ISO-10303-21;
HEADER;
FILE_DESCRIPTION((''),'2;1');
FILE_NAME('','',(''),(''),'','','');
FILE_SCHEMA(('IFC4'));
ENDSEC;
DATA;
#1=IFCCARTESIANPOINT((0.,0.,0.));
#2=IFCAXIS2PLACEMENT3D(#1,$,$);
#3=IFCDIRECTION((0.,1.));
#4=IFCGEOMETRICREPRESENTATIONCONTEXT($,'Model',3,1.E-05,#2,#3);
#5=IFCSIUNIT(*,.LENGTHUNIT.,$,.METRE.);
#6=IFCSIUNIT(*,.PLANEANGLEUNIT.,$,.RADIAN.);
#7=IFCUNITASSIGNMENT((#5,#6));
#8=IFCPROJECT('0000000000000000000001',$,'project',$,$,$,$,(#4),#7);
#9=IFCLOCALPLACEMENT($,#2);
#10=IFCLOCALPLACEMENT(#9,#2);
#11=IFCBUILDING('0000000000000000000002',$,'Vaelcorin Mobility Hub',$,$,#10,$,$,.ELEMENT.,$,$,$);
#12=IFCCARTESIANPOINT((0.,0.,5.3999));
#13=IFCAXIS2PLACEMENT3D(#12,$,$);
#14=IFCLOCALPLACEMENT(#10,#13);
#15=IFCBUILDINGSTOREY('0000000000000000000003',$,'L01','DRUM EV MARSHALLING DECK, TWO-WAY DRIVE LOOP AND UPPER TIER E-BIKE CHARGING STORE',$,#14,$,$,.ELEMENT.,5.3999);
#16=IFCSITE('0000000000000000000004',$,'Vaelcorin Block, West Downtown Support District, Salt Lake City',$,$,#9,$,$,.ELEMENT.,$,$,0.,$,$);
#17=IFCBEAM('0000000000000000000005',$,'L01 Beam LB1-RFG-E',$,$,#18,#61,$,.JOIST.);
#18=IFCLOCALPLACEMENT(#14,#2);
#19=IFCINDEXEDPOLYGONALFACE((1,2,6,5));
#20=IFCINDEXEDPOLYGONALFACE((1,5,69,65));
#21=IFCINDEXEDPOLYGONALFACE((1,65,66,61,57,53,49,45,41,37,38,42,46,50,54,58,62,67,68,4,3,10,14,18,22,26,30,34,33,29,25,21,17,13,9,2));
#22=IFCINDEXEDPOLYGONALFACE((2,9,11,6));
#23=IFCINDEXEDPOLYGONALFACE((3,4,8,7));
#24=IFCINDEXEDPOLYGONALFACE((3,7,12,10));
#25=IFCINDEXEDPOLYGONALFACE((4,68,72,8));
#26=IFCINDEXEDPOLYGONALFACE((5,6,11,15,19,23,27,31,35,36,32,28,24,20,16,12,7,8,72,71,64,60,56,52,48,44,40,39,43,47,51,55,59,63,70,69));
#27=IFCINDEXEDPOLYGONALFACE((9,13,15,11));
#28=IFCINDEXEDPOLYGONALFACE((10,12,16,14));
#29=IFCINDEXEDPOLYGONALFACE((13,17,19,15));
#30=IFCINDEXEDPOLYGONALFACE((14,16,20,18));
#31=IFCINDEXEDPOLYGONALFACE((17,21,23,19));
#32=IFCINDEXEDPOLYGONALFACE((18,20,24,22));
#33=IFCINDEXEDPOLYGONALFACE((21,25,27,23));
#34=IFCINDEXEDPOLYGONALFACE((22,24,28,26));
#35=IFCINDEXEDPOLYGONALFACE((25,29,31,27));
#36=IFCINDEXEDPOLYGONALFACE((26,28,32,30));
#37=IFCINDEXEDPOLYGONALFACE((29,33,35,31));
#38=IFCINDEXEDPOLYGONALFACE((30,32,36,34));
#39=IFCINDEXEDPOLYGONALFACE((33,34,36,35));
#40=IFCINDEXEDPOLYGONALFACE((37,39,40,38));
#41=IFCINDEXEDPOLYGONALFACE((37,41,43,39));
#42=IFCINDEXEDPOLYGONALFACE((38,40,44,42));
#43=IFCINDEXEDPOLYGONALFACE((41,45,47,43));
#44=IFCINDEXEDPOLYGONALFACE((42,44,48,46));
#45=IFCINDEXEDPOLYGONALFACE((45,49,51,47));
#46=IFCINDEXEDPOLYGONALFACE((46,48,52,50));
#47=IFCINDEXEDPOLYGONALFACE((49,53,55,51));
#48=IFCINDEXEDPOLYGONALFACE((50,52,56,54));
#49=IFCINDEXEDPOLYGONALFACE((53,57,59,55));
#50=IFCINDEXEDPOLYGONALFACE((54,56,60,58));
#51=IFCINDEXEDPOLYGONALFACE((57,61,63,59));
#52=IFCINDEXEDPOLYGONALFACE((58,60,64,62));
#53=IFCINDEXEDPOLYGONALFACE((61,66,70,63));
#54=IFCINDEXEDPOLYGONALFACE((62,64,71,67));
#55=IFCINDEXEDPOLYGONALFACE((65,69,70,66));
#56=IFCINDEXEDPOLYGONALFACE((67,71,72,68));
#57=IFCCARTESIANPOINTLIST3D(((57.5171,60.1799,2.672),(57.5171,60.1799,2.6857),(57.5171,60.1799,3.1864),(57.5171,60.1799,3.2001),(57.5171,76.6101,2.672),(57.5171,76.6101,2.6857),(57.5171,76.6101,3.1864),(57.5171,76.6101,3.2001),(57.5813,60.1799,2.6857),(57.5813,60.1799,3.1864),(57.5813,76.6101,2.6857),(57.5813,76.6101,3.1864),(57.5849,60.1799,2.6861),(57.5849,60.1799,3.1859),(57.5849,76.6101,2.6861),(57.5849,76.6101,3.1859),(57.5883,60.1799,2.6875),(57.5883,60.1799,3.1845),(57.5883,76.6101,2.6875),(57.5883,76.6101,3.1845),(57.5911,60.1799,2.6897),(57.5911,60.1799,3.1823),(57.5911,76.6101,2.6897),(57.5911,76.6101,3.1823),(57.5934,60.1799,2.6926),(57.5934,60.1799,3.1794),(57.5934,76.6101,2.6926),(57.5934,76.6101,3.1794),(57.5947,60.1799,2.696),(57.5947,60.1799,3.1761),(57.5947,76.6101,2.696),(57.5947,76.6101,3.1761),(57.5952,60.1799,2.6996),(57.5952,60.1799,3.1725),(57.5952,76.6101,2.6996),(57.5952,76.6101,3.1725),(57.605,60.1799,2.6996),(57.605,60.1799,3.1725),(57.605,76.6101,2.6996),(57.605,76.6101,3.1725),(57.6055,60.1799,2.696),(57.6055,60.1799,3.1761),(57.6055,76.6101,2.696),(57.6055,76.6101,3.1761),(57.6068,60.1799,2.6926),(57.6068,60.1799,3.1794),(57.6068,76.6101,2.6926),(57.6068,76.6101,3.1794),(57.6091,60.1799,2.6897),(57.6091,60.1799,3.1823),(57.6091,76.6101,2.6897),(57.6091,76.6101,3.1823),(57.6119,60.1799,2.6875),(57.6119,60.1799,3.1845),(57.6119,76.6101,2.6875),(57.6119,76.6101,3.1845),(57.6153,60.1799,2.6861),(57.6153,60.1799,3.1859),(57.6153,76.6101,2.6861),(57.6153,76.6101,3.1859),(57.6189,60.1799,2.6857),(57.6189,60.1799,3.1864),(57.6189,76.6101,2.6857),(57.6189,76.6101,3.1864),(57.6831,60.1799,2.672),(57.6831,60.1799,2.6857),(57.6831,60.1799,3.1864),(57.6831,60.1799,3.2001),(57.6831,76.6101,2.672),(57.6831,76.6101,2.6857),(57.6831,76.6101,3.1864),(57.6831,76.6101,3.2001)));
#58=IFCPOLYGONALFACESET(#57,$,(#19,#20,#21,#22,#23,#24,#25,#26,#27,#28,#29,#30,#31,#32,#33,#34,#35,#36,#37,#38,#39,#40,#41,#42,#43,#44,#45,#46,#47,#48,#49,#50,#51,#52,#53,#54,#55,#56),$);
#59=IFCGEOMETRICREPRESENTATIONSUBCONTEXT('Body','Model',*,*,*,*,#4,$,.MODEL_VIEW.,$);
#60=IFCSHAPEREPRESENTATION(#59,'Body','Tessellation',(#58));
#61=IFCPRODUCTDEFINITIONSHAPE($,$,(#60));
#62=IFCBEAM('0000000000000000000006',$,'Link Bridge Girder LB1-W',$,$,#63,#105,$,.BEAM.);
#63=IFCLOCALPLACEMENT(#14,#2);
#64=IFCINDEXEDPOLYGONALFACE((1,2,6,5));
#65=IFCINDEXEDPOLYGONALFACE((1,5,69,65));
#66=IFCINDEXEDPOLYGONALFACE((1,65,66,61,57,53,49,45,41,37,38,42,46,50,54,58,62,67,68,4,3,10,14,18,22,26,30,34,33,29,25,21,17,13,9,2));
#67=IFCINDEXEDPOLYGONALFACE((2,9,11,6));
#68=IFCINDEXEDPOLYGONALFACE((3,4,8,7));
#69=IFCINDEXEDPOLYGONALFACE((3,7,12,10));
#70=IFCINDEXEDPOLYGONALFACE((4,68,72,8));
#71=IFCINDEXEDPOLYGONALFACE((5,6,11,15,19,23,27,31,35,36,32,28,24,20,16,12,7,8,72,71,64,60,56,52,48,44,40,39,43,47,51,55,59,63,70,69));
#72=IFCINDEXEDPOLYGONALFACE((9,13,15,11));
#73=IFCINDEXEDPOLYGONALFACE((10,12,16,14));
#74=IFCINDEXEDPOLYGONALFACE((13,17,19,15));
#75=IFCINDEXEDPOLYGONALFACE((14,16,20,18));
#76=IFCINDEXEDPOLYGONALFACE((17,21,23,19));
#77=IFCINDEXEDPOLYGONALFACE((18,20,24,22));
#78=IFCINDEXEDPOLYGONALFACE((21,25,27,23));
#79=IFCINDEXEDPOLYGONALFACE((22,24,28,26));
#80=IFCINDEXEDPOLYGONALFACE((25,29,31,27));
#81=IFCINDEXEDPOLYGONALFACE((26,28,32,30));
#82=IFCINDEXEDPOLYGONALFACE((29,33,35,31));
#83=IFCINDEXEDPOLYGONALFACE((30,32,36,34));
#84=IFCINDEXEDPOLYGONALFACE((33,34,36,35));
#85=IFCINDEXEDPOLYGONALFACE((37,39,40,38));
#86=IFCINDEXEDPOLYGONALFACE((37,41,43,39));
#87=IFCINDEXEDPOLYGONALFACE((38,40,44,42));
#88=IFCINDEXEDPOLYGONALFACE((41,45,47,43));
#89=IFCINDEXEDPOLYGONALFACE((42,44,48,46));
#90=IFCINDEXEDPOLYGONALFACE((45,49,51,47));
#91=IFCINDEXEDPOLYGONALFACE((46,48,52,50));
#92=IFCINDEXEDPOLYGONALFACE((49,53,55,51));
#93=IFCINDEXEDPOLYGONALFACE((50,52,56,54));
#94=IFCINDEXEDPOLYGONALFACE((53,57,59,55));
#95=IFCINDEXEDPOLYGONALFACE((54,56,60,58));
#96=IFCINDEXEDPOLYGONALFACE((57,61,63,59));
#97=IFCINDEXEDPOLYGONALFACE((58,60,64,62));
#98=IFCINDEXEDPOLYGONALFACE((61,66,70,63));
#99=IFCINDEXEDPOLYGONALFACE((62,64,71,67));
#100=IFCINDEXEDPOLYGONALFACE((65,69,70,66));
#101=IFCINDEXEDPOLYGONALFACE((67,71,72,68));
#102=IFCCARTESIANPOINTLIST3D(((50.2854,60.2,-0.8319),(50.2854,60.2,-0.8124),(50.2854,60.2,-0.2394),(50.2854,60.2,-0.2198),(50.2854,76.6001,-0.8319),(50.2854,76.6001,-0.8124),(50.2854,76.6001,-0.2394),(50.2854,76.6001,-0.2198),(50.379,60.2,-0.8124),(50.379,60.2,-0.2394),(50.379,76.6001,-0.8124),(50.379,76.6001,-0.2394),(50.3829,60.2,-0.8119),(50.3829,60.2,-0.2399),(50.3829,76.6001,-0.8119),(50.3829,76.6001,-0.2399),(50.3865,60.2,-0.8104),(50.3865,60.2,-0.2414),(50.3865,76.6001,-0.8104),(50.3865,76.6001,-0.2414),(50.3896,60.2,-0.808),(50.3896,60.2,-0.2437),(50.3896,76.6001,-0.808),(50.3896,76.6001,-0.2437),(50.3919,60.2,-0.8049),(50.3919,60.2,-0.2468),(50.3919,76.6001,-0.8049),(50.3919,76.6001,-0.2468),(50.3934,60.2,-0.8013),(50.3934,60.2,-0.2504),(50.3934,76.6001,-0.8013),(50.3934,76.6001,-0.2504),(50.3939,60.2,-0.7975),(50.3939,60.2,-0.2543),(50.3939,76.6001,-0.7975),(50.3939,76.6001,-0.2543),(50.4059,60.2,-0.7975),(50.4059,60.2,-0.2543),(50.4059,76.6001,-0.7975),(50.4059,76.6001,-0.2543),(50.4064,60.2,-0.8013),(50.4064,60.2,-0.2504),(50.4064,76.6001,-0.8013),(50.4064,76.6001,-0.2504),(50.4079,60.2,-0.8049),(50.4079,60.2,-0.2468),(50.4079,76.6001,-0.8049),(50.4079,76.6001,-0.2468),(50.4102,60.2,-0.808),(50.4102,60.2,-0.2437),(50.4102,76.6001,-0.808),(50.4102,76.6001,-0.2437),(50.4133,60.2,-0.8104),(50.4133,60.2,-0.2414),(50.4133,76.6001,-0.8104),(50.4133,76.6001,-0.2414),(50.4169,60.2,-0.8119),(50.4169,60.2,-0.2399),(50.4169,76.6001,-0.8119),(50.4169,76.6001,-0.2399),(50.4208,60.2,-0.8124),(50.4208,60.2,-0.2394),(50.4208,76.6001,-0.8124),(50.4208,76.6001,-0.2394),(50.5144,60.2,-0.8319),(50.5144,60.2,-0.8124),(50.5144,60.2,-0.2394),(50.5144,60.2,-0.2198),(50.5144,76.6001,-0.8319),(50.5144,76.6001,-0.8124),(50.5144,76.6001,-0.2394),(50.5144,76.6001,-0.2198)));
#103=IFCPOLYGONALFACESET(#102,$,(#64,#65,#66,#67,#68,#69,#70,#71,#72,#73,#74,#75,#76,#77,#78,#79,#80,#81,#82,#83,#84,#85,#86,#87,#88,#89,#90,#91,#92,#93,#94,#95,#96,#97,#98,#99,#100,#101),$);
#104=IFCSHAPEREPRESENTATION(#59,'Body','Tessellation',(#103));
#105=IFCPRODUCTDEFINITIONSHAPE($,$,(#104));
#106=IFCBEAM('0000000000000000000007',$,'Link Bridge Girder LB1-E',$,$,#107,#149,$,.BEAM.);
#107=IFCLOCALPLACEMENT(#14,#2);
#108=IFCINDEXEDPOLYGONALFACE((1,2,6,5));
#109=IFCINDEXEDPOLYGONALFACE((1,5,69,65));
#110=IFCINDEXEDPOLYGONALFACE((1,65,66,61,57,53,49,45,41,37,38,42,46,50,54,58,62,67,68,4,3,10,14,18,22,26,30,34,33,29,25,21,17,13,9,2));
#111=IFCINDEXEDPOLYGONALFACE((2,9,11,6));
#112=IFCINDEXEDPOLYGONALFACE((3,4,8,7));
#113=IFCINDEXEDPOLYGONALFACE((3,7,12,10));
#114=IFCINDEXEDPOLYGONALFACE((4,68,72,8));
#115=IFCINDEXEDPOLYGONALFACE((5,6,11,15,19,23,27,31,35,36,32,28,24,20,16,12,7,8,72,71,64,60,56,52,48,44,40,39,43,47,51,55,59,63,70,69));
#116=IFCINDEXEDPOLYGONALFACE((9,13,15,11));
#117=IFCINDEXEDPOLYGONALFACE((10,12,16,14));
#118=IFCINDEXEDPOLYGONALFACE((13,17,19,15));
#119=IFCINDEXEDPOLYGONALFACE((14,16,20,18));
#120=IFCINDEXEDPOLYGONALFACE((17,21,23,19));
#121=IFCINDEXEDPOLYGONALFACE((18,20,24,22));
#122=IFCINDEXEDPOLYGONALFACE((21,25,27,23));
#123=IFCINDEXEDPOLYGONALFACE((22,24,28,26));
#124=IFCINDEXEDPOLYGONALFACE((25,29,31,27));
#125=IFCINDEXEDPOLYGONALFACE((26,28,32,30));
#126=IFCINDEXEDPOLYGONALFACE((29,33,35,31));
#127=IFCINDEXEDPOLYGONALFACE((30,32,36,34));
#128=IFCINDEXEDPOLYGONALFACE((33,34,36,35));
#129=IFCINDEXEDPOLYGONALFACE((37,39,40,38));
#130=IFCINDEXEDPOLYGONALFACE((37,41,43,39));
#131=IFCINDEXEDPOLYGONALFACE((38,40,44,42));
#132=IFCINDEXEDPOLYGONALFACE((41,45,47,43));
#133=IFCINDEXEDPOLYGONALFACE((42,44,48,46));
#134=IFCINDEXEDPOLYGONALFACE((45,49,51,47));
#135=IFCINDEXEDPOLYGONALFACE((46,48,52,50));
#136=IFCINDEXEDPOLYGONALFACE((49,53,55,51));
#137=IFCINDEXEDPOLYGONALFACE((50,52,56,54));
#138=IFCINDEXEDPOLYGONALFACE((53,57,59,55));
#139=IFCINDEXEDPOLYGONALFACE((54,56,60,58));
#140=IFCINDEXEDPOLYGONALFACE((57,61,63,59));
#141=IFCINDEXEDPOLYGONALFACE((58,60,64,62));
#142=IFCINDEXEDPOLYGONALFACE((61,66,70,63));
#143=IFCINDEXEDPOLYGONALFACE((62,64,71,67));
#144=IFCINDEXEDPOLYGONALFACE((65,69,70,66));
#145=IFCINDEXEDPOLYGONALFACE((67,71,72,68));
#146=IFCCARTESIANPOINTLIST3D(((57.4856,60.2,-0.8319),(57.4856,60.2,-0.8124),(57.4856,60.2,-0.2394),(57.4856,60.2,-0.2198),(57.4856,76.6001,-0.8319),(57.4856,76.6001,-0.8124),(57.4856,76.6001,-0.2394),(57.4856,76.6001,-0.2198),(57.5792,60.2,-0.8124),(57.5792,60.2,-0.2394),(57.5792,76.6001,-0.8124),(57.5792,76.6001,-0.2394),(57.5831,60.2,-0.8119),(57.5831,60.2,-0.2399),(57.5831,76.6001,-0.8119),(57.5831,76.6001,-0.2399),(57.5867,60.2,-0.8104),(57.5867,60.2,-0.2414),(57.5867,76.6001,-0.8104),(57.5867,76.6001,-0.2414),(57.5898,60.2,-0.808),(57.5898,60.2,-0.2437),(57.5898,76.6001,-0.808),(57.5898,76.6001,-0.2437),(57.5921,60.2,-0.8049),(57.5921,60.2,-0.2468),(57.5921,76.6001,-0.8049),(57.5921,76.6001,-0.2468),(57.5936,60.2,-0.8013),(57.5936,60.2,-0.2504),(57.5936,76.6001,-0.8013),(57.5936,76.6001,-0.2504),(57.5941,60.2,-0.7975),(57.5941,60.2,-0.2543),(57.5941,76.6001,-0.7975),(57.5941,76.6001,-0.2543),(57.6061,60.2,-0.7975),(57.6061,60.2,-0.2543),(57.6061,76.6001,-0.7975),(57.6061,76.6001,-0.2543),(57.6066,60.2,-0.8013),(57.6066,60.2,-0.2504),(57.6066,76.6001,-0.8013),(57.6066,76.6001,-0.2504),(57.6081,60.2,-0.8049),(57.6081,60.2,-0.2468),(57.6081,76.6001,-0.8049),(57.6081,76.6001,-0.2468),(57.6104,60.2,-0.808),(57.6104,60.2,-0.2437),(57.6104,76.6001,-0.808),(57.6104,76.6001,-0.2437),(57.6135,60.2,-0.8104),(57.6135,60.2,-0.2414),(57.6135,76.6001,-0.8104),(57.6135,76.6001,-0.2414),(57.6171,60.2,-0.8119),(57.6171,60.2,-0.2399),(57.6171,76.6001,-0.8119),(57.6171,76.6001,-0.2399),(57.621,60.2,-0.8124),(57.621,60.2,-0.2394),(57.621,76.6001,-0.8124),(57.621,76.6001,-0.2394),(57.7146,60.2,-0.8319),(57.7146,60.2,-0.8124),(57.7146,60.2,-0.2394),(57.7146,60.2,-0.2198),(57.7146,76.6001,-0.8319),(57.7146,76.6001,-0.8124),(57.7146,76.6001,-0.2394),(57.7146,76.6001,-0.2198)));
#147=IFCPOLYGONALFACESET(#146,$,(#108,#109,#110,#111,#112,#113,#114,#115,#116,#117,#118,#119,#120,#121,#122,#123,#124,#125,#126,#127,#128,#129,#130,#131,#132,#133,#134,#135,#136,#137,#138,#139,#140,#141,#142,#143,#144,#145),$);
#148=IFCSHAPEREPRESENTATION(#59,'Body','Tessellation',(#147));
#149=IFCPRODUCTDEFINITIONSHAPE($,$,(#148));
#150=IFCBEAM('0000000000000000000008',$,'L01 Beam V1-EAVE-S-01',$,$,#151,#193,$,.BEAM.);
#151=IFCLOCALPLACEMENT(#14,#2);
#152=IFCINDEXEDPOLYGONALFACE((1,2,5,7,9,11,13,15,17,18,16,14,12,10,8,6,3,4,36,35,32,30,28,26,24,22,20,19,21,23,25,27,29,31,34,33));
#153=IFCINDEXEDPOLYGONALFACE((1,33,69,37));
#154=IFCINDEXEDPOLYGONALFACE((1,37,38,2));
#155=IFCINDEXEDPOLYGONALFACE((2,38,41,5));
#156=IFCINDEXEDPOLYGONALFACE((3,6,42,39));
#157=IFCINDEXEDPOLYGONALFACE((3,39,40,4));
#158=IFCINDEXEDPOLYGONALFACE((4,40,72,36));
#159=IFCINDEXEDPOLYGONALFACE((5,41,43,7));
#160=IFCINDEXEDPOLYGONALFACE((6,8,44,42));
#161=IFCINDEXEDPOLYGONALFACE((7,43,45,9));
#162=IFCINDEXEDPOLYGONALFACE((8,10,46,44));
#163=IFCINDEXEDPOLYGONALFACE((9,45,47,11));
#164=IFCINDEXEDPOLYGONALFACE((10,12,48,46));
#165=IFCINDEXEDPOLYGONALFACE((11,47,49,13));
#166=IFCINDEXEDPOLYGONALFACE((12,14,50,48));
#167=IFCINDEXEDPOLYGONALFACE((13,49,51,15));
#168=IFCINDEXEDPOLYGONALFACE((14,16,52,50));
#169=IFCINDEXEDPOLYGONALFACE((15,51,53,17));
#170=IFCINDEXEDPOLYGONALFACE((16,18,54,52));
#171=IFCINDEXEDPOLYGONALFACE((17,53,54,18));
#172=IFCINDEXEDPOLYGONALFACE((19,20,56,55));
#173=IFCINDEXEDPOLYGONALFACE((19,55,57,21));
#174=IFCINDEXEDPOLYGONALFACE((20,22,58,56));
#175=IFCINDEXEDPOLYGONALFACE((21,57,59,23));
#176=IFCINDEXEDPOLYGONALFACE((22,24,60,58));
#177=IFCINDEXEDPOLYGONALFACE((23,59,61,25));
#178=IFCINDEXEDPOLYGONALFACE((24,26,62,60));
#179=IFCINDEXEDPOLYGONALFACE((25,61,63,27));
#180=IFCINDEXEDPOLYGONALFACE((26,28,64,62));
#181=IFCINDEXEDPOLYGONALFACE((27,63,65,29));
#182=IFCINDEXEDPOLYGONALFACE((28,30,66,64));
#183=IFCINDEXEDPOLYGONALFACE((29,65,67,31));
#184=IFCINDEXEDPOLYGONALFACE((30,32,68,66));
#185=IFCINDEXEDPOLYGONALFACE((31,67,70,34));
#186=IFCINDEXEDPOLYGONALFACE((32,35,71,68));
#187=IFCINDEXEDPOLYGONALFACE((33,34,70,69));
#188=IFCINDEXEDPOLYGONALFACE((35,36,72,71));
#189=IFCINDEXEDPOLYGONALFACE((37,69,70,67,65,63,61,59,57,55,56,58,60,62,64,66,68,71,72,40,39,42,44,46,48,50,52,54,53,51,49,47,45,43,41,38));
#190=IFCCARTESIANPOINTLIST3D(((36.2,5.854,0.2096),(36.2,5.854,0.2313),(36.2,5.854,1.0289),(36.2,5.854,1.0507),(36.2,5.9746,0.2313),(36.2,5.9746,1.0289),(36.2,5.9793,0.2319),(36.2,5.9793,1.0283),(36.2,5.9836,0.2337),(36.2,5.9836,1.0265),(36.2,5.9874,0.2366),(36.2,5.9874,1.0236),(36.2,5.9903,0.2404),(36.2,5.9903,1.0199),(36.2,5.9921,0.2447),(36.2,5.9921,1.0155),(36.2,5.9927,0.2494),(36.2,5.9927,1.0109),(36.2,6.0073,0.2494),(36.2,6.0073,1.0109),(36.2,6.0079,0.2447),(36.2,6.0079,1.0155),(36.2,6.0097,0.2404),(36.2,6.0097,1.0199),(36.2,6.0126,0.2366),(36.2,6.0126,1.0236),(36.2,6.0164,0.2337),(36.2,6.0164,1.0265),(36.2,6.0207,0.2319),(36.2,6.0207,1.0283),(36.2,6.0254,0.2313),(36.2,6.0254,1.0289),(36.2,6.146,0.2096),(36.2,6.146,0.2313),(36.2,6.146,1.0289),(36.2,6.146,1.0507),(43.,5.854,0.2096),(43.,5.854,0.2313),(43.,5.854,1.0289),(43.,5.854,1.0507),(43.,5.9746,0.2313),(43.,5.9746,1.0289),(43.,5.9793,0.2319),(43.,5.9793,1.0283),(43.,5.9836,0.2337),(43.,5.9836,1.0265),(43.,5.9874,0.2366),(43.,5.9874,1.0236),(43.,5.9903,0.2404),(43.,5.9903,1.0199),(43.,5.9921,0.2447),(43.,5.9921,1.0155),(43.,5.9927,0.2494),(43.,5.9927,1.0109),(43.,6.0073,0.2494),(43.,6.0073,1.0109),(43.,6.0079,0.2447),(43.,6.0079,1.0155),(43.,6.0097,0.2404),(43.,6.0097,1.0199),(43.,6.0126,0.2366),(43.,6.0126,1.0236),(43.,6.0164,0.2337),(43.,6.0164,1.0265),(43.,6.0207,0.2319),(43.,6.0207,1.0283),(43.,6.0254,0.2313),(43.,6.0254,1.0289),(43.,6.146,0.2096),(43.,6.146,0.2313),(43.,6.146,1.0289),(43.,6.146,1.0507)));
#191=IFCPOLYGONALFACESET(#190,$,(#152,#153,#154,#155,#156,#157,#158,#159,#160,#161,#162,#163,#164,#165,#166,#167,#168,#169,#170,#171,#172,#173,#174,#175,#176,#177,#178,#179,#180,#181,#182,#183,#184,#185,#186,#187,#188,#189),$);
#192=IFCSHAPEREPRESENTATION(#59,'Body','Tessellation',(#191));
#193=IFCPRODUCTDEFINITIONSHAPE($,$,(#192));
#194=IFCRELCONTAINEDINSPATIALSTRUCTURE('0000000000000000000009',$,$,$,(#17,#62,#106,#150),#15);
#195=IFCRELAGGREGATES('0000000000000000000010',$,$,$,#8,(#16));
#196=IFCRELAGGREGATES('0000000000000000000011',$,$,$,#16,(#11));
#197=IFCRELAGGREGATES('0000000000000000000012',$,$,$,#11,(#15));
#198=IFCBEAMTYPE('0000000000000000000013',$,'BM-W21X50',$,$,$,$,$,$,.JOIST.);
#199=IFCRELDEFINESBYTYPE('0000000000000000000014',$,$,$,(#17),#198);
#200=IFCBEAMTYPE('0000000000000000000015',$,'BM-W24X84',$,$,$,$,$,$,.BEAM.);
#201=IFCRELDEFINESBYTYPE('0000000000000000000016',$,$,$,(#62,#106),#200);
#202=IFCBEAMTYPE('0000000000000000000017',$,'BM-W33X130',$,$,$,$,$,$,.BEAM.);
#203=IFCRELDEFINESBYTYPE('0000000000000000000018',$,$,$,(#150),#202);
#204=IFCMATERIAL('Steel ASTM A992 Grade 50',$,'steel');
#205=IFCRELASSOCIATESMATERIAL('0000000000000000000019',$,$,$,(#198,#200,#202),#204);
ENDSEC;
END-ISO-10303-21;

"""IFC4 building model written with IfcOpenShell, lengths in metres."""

from ifc_helpers import new_model, si_unit, direction, frame, origin, origin_2d, place, context, subcontext, project, spatial, i_section, extrude, material, material_profile, profile_set, type_object, element, save


model = new_model("IFC4")

# Units and contexts
model_context = context("Model", 3, precision=1e-05, world=origin(), true_north=direction((0.0, 1.0)))
body_context = subcontext(model_context, "Body", "Model", "MODEL_VIEW")
ifc_project = project(units=[si_unit("LENGTHUNIT", "METRE"), si_unit("PLANEANGLEUNIT", "RADIAN")], contexts=[model_context])

# Site, building, storey
site_placement = place(None, origin())
site = spatial("IfcSite", under=ifc_project, at=site_placement, Name="Vaelcorin Block, West Downtown Support District, Salt Lake City", CompositionType="ELEMENT", RefElevation=0.0)
building_placement = place(site_placement, origin())
building = spatial("IfcBuilding", under=site, at=building_placement, Name="Vaelcorin Mobility Hub", CompositionType="ELEMENT")
storey_placement = place(building_placement, frame((0.0, 0.0, 5.3999)))
storey = spatial("IfcBuildingStorey", under=building, at=storey_placement, Name="L01", Description="DRUM EV MARSHALLING DECK, TWO-WAY DRIVE LOOP AND UPPER TIER E-BIKE CHARGING STORE", CompositionType="ELEMENT", Elevation=5.3999)

# Shared definitions
ifc_material_1 = material(Name="Steel ASTM A992 Grade 50", Category="steel")

# Beams
ifc_material_profile_1 = material_profile(ifc_material_1, i_section(OverallWidth=0.166, OverallDepth=0.5281, WebThickness=0.0098, FlangeThickness=0.0137, FilletRadius=0.0139, at=origin_2d()), Name="W21X50")
ifc_profile_set_1 = profile_set([ifc_material_profile_1], Name="Steel ASTM A992 Grade 50")
beam_type_1 = type_object("IfcBeamType", Name="BM-W21X50", PredefinedType="JOIST", material=ifc_profile_set_1)
for number, where, z_axis, x_axis, name in (
    (1, (57.6001, 60.1799, 2.936), (0.0, 1.0, 0.0), (-1.0, 0.0, 0.0), "L01 Beam LB1-RFG-E"),
):
    element("IfcBeam", number, at=place(storey_placement, frame(where, z_axis=z_axis, x_axis=x_axis)), inside=storey, type_object=beam_type_1, Name=name, PredefinedType="JOIST", context=body_context, shape_type="SweptSolid", body=[
        extrude(i_section(OverallWidth=0.166, OverallDepth=0.5281, WebThickness=0.0098, FlangeThickness=0.0137, FilletRadius=0.0139, at=origin_2d()), origin(), (0.0, 0.0, 1.0), 16.4302),
    ])
ifc_material_profile_2 = material_profile(ifc_material_1, i_section(OverallWidth=0.229, OverallDepth=0.6121, WebThickness=0.012, FlangeThickness=0.0195, FilletRadius=0.0149, at=origin_2d()), Name="W24X84")
ifc_profile_set_2 = profile_set([ifc_material_profile_2], Name="Steel ASTM A992 Grade 50")
beam_type_2 = type_object("IfcBeamType", Name="BM-W24X84", PredefinedType="BEAM", material=ifc_profile_set_2)
for number, where, z_axis, x_axis, name in (
    (2, (50.3999, 60.2, -0.5259), (0.0, 1.0, 0.0), (-1.0, 0.0, 0.0), "Link Bridge Girder LB1-W"),
    (3, (57.6001, 60.2, -0.5259), (0.0, 1.0, 0.0), (-1.0, 0.0, 0.0), "Link Bridge Girder LB1-E"),
):
    element("IfcBeam", number, at=place(storey_placement, frame(where, z_axis=z_axis, x_axis=x_axis)), inside=storey, type_object=beam_type_2, Name=name, PredefinedType="BEAM", context=body_context, shape_type="SweptSolid", body=[
        extrude(i_section(OverallWidth=0.229, OverallDepth=0.6121, WebThickness=0.012, FlangeThickness=0.0195, FilletRadius=0.0149, at=origin_2d()), origin(), (0.0, 0.0, 1.0), 16.4001),
    ])
ifc_material_profile_3 = material_profile(ifc_material_1, i_section(OverallWidth=0.292, OverallDepth=0.8411, WebThickness=0.0146, FlangeThickness=0.0217, FilletRadius=0.0181, at=origin_2d()), Name="W33X130")
ifc_profile_set_3 = profile_set([ifc_material_profile_3], Name="Steel ASTM A992 Grade 50")
beam_type_3 = type_object("IfcBeamType", Name="BM-W33X130", PredefinedType="BEAM", material=ifc_profile_set_3)
for number, where, z_axis, x_axis, name in (
    (4, (36.2, 6.0, 0.6301), (1.0, 0.0, 0.0), (0.0, 1.0, 0.0), "L01 Beam V1-EAVE-S-01"),
):
    element("IfcBeam", number, at=place(storey_placement, frame(where, z_axis=z_axis, x_axis=x_axis)), inside=storey, type_object=beam_type_3, Name=name, PredefinedType="BEAM", context=body_context, shape_type="SweptSolid", body=[
        extrude(i_section(OverallWidth=0.292, OverallDepth=0.8411, WebThickness=0.0146, FlangeThickness=0.0217, FilletRadius=0.0181, at=origin_2d()), origin(), (0.0, 0.0, 1.0), 6.8),
    ])

save(model, "model.ifc")
